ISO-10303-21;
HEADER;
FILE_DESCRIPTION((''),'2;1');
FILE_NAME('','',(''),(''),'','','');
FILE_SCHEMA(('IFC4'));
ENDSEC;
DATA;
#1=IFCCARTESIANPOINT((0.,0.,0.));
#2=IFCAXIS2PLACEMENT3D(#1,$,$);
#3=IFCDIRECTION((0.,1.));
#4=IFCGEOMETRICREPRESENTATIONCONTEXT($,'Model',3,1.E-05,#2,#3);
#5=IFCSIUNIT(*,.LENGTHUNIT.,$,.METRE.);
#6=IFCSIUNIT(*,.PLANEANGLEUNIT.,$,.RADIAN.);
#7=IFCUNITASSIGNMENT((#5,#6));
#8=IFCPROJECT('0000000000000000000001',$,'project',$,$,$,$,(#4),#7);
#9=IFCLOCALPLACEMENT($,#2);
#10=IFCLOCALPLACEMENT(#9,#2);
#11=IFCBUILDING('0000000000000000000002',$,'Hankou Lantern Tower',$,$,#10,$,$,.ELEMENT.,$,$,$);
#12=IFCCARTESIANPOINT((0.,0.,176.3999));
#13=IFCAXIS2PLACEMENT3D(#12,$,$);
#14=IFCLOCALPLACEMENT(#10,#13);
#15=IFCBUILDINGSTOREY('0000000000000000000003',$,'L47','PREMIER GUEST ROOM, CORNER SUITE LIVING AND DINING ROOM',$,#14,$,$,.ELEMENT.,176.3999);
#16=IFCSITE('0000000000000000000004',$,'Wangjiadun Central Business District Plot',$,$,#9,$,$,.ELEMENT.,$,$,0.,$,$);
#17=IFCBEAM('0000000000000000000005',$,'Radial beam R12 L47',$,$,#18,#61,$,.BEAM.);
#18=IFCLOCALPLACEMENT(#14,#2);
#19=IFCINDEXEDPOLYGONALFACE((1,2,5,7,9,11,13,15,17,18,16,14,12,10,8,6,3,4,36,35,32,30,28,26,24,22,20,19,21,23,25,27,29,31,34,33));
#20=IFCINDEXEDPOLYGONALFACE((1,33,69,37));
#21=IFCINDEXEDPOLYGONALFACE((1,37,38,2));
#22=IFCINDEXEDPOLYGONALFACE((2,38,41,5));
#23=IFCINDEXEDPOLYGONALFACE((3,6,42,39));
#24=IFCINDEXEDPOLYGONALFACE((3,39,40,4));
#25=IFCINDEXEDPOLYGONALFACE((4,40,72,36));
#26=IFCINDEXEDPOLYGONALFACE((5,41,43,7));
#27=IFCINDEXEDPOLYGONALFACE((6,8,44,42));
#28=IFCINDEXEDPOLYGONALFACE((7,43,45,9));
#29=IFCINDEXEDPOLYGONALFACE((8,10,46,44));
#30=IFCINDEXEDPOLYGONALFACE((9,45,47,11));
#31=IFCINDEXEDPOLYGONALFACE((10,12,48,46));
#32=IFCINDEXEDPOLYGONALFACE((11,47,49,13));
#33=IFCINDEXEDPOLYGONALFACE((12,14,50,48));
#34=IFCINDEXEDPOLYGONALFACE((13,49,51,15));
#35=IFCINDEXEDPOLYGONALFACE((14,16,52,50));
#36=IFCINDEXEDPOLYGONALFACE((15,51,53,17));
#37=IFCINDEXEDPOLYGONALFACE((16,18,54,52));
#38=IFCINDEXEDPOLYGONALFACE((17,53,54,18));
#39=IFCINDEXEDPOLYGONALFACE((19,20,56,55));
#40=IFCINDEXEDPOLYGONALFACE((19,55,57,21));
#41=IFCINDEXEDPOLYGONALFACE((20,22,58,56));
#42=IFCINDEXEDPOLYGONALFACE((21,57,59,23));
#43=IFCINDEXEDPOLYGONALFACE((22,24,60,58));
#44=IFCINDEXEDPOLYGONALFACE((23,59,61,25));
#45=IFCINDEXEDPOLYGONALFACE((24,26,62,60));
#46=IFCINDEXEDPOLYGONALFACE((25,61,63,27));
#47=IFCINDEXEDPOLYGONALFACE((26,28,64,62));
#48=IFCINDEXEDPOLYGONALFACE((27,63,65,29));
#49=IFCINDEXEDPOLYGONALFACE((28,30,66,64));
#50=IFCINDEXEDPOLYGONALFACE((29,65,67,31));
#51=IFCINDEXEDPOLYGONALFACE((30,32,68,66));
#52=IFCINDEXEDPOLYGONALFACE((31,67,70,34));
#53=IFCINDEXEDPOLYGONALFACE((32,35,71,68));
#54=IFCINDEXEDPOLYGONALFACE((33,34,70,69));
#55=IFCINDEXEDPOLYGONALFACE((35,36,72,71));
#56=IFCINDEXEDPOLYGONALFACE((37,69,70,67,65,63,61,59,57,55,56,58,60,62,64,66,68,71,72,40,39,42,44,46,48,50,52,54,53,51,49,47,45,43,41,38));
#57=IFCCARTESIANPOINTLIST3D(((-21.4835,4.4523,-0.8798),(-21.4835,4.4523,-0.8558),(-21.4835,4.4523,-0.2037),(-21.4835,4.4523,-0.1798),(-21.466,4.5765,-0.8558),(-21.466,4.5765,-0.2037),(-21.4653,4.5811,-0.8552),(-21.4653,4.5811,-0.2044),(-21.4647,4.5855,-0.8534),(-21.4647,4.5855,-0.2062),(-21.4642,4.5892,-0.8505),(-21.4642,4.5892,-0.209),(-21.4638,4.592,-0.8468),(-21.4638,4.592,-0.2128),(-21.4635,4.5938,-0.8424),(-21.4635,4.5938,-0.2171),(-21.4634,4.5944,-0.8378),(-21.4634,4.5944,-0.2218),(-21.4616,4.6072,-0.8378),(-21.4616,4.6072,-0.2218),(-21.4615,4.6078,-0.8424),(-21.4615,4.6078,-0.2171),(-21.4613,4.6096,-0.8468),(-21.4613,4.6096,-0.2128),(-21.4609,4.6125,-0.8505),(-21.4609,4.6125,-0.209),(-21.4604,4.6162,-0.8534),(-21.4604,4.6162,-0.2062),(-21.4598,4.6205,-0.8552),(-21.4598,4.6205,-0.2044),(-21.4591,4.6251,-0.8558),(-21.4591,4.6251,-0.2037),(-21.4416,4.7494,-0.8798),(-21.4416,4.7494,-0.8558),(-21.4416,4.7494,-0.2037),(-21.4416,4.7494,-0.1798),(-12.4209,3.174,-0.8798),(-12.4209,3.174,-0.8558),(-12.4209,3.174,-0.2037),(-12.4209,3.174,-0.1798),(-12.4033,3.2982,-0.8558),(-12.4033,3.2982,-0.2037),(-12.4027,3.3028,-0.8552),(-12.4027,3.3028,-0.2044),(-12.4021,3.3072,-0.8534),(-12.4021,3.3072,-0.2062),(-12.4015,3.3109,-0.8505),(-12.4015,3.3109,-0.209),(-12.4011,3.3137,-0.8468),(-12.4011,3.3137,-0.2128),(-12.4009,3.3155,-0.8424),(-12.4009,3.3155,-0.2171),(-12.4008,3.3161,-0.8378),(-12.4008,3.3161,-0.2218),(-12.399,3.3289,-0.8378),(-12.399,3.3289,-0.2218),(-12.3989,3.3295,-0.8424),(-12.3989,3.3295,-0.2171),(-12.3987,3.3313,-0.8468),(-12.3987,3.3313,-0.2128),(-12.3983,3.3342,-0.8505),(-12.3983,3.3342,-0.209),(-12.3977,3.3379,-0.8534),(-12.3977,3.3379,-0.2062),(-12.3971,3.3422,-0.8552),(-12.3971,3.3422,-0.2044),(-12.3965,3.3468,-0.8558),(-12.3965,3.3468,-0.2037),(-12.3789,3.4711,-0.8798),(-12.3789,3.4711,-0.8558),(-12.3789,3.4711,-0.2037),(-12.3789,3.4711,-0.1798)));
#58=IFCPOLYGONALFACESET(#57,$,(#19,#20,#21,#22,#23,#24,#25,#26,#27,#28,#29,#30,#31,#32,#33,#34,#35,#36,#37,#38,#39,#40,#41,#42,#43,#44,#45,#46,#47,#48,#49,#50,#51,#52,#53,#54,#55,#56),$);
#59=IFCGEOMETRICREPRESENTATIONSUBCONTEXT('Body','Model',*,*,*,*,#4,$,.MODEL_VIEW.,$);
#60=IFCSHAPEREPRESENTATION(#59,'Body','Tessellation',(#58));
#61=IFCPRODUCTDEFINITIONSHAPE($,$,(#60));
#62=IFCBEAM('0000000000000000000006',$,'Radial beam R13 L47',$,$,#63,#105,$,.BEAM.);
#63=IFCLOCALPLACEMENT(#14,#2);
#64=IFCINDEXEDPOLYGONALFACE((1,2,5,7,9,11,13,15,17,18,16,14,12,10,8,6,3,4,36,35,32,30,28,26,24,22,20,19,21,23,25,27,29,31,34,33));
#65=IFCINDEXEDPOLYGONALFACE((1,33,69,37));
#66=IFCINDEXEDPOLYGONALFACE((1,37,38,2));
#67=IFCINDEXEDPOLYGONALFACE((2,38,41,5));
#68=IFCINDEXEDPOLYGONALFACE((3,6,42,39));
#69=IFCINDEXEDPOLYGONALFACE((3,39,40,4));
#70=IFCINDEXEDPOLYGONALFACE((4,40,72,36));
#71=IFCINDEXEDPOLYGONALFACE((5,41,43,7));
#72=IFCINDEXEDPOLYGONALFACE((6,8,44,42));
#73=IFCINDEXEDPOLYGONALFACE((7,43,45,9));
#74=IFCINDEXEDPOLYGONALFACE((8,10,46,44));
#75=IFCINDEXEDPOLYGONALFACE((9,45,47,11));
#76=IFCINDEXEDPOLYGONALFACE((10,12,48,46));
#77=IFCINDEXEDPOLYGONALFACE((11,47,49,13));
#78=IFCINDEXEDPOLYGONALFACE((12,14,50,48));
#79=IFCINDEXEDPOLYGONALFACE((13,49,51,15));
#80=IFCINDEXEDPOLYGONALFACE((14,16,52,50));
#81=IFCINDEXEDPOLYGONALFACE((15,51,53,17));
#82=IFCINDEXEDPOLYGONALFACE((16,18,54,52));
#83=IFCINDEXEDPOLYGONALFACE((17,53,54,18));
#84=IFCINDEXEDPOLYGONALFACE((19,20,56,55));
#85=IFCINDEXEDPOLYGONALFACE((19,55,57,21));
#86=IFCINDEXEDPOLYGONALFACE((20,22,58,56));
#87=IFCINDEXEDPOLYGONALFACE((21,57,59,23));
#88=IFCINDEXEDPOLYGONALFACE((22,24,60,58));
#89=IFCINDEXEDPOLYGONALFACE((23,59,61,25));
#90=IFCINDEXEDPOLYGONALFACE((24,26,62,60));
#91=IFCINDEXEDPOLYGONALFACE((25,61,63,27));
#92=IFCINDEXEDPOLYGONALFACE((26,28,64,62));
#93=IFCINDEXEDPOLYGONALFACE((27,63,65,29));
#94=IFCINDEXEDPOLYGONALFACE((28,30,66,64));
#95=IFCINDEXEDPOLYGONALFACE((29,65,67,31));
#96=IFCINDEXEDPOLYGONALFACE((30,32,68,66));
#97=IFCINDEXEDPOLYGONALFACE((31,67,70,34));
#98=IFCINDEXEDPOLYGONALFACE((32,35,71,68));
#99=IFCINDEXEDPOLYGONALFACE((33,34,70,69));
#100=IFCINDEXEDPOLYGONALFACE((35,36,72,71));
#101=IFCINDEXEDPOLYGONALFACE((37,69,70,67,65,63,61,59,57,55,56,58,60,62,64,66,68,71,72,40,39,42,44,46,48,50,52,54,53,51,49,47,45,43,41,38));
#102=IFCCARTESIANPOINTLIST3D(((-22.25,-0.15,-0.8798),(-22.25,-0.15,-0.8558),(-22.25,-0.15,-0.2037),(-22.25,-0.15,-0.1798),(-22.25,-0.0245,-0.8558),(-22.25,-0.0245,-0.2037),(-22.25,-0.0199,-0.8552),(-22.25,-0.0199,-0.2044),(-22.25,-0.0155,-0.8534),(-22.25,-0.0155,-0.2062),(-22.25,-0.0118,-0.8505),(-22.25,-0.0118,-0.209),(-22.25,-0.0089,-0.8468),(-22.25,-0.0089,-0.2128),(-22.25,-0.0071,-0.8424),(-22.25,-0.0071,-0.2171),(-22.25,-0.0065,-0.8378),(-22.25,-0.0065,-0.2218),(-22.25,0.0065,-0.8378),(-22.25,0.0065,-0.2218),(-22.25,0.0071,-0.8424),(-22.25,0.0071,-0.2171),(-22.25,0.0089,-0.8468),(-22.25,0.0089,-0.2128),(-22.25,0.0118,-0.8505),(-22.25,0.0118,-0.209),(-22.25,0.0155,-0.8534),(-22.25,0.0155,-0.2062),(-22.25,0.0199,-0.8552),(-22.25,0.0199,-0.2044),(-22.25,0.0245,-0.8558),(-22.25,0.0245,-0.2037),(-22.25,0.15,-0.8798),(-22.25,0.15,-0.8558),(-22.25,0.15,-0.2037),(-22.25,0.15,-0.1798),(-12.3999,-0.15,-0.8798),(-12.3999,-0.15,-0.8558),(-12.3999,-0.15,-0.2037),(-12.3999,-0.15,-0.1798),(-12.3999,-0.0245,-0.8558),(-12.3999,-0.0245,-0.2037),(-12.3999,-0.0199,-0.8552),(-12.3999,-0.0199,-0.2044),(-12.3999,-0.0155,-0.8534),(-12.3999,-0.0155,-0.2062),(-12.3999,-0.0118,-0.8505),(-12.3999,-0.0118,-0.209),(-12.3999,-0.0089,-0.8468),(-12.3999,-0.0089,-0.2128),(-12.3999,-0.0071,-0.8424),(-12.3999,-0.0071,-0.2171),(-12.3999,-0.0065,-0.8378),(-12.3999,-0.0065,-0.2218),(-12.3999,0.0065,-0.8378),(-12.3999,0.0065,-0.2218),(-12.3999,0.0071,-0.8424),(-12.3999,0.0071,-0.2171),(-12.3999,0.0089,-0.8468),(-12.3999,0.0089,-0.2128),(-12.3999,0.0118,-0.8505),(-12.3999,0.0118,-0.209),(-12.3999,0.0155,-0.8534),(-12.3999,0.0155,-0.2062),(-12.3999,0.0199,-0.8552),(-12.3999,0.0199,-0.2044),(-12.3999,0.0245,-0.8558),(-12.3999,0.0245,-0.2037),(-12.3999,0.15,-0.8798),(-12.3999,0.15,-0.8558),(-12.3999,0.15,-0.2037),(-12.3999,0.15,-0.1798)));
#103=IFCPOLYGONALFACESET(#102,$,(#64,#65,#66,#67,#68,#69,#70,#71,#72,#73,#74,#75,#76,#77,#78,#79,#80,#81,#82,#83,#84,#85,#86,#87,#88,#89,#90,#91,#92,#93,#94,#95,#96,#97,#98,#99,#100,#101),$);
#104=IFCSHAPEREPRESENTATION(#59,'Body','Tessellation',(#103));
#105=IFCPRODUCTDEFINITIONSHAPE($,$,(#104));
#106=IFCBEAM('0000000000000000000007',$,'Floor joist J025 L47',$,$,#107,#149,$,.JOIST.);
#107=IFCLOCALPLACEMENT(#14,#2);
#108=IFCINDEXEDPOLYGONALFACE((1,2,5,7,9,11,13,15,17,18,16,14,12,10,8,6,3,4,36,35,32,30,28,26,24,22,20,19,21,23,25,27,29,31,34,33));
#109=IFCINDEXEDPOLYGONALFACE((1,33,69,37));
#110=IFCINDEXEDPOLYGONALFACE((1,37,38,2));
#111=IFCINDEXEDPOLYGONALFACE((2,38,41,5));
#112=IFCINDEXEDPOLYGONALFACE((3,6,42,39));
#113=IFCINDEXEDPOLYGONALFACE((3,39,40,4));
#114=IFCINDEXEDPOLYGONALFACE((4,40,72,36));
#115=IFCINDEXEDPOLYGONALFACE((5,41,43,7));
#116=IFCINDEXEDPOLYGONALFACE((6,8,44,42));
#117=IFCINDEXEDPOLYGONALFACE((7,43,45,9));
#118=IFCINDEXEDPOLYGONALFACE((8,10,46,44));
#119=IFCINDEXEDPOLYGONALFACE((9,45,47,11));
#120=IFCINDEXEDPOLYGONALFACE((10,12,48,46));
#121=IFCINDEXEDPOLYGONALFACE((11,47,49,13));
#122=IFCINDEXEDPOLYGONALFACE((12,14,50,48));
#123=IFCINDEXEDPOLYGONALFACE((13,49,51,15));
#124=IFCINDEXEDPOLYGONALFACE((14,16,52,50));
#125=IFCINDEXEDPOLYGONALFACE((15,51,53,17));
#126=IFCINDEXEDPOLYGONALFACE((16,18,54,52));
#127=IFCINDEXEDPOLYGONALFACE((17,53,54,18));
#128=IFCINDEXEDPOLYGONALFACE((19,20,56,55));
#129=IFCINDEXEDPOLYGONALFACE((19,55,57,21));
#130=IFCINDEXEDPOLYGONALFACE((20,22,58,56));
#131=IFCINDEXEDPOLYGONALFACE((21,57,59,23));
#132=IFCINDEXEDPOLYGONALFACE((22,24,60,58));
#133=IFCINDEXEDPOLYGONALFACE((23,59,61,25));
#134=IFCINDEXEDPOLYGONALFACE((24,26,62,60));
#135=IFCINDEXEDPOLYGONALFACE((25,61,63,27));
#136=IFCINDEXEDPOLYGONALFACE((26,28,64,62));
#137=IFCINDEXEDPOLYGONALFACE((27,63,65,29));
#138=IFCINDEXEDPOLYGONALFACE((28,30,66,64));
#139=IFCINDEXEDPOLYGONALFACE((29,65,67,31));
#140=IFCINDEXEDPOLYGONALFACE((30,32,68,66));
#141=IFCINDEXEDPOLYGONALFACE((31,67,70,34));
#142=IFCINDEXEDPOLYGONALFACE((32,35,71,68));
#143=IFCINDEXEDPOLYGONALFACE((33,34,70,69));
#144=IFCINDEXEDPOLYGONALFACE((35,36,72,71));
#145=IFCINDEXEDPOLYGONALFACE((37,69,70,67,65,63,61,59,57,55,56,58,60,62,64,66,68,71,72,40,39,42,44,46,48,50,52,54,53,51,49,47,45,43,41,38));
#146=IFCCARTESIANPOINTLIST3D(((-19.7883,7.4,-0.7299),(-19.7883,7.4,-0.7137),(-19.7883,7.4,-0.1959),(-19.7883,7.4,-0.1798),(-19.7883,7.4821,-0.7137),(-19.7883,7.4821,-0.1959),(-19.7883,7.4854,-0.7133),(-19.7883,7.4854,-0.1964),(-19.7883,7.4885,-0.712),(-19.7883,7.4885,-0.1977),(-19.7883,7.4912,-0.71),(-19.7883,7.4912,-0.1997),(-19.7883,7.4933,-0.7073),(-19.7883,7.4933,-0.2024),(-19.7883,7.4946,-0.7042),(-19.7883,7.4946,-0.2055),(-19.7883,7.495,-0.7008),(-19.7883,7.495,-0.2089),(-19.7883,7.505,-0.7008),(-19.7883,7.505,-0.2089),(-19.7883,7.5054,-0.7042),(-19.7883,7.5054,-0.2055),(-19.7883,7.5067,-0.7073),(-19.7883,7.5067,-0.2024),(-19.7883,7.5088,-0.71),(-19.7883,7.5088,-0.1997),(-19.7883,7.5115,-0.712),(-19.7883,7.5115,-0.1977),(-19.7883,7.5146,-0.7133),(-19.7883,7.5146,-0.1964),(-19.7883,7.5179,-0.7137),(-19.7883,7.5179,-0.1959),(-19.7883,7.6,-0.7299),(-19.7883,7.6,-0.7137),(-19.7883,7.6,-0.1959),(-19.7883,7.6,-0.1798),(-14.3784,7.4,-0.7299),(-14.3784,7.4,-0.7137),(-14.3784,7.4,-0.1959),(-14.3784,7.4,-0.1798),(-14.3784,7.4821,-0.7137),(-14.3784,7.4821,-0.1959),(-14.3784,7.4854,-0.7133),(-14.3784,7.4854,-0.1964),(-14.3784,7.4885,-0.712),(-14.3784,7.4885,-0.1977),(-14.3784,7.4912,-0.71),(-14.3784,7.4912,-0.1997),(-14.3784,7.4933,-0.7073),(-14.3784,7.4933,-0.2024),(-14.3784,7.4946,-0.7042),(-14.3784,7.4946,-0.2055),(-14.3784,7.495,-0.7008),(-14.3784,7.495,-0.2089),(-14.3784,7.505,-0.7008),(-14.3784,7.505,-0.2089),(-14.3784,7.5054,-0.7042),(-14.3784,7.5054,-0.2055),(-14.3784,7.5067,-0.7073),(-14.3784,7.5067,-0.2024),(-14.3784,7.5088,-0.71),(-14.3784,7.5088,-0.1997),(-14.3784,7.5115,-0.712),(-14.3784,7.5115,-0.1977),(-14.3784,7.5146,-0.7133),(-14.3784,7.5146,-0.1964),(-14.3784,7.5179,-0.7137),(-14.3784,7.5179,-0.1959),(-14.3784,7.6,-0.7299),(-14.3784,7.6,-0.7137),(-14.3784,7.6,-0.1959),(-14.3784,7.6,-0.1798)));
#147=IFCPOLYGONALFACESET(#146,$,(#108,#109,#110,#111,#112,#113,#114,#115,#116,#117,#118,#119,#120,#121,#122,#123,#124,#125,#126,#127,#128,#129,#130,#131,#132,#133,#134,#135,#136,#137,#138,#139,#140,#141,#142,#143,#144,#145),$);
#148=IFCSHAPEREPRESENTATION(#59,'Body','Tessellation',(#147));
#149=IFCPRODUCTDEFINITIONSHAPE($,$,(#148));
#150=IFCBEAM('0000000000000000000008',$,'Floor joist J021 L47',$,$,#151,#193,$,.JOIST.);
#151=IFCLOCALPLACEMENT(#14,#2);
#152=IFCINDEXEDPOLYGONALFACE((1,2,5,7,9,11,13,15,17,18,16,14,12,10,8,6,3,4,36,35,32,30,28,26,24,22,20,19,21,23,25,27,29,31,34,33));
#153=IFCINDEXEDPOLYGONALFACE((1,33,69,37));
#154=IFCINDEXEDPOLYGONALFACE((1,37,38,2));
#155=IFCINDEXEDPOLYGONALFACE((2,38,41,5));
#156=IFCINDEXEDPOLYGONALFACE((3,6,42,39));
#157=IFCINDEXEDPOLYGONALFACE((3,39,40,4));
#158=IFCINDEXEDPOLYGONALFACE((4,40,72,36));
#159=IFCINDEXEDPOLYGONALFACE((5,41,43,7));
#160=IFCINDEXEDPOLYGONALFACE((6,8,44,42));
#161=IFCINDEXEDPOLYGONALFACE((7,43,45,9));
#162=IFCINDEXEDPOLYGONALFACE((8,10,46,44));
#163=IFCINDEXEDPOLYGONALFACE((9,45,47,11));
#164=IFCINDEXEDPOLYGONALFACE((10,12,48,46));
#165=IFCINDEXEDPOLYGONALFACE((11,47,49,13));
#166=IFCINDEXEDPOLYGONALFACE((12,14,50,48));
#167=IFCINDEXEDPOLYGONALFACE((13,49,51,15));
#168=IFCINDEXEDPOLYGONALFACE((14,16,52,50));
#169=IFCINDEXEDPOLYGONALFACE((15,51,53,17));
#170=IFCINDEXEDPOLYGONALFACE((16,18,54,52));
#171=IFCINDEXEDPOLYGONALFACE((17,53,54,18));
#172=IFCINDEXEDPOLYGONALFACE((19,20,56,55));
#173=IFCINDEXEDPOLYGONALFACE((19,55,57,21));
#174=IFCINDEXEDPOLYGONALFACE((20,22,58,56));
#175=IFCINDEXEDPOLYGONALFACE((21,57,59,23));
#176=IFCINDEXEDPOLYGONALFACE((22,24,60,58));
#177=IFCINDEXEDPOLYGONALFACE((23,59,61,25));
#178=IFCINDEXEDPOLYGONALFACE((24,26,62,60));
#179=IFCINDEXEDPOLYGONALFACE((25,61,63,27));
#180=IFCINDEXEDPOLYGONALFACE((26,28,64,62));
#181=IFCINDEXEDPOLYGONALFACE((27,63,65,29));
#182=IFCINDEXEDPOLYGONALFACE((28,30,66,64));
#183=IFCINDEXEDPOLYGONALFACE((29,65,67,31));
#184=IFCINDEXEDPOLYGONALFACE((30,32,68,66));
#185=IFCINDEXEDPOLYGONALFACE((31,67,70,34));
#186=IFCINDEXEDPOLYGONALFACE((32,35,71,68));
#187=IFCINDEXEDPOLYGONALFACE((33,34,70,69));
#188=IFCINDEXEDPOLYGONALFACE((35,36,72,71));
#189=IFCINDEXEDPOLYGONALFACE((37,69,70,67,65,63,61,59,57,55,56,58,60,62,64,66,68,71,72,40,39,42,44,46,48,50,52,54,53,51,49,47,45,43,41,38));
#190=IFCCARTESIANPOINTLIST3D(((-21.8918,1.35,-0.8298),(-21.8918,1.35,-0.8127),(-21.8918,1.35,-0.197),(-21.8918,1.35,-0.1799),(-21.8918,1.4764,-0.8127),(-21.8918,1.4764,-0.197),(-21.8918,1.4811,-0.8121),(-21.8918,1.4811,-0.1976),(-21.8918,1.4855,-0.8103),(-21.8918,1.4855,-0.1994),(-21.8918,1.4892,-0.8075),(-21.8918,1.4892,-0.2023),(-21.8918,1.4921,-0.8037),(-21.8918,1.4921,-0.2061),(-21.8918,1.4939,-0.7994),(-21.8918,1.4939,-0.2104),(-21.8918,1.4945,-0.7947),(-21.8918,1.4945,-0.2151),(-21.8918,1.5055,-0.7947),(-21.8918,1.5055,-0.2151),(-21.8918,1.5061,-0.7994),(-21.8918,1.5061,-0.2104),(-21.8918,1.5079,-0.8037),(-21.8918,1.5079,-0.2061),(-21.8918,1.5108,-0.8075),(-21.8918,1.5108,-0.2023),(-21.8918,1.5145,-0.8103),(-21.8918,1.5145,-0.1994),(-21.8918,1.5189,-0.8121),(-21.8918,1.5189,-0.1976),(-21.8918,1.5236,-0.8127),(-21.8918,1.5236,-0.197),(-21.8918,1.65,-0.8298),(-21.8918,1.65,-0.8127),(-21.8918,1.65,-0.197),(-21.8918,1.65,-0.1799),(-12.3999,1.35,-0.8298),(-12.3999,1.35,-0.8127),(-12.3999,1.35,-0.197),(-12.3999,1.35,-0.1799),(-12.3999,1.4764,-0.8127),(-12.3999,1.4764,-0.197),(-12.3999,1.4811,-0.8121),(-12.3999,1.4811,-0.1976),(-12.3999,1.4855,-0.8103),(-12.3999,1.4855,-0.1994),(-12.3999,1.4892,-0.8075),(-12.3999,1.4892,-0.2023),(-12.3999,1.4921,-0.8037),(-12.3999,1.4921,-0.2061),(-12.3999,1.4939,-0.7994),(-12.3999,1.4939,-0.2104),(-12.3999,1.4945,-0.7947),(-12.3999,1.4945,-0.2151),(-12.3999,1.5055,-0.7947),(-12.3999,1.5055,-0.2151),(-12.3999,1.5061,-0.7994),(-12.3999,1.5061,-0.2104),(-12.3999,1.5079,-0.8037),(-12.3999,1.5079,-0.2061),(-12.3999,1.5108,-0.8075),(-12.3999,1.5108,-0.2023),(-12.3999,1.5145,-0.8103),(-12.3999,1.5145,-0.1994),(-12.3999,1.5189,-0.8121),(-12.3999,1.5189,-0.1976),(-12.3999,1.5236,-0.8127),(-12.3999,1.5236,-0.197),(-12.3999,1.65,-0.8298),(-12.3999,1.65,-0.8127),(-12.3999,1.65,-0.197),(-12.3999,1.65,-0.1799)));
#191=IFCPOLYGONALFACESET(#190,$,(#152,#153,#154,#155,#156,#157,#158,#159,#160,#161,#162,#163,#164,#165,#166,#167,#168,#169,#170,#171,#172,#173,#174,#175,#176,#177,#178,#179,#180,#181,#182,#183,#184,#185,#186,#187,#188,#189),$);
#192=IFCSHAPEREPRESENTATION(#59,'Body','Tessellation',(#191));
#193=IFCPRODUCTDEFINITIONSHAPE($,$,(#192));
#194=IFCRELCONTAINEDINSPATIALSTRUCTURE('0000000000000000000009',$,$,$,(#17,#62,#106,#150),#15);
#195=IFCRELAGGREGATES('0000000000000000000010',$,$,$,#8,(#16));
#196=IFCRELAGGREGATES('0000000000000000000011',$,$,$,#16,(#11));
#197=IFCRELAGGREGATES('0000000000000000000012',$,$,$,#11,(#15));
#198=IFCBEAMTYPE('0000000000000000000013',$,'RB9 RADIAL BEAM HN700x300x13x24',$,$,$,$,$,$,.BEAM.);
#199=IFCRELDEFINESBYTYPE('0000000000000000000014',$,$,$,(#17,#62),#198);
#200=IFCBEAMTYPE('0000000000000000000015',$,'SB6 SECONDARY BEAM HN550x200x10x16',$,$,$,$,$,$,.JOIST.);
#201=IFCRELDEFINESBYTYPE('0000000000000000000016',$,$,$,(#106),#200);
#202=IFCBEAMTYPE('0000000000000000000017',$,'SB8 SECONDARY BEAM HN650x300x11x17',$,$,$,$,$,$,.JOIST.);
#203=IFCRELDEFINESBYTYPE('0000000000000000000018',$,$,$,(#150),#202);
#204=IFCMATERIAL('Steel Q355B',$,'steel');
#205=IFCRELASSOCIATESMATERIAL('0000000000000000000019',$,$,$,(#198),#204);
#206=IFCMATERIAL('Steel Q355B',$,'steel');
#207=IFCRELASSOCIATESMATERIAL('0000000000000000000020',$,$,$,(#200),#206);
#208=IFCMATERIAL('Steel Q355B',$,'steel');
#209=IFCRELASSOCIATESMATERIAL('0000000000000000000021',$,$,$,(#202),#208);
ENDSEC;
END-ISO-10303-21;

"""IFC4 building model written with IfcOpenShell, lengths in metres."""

from ifc_helpers import new_model, si_unit, direction, frame, origin, origin_2d, place, context, subcontext, project, spatial, i_section, extrude, material, material_profile, profile_set, type_object, element, save


model = new_model("IFC4")

# Units and contexts
model_context = context("Model", 3, precision=1e-05, world=origin(), true_north=direction((0.0, 1.0)))
body_context = subcontext(model_context, "Body", "Model", "MODEL_VIEW")
ifc_project = project(units=[si_unit("LENGTHUNIT", "METRE"), si_unit("PLANEANGLEUNIT", "RADIAN")], contexts=[model_context])

# Site, building, storey
site_placement = place(None, origin())
site = spatial("IfcSite", under=ifc_project, at=site_placement, Name="Wangjiadun Central Business District Plot", CompositionType="ELEMENT", RefElevation=0.0)
building_placement = place(site_placement, origin())
building = spatial("IfcBuilding", under=site, at=building_placement, Name="Hankou Lantern Tower", CompositionType="ELEMENT")
storey_placement = place(building_placement, frame((0.0, 0.0, 176.3999)))
storey = spatial("IfcBuildingStorey", under=building, at=storey_placement, Name="L47", Description="PREMIER GUEST ROOM, CORNER SUITE LIVING AND DINING ROOM", CompositionType="ELEMENT", Elevation=176.3999)

# Beams
ifc_material_1 = material(Name="Steel Q355B", Category="steel")
ifc_material_profile_1 = material_profile(ifc_material_1, i_section(OverallWidth=0.3, OverallDepth=0.7, WebThickness=0.0129, FlangeThickness=0.0239, FilletRadius=0.0181, at=origin_2d()), Name="HN700x300x13x24")
ifc_profile_set_1 = profile_set([ifc_material_profile_1], Name="Steel Q355B")
beam_type_1 = type_object("IfcBeamType", Name="RB9 RADIAL BEAM HN700x300x13x24", PredefinedType="BEAM", material=ifc_profile_set_1)
beam_1_placement = place(storey_placement, frame((-12.3999, 3.3225, -0.5298), z_axis=(-0.990198, 0.13967, 0.0), x_axis=(-0.13967, -0.990198, 0.0)))
element("IfcBeam", 1, at=beam_1_placement, inside=storey, type_object=beam_type_1, Name="Radial beam R12 L47", PredefinedType="BEAM", context=body_context, shape_type="SweptSolid", body=[
    extrude(i_section(OverallWidth=0.3, OverallDepth=0.7, WebThickness=0.0129, FlangeThickness=0.0239, FilletRadius=0.0181, at=origin_2d()), origin(), (0.0, 0.0, 1.0), 9.1523),
])
beam_2_placement = place(storey_placement, frame((-12.3999, 0.0, -0.5298), z_axis=(-1.0, 0.0, 0.0), x_axis=(0.0, -1.0, 0.0)))
element("IfcBeam", 2, at=beam_2_placement, inside=storey, type_object=beam_type_1, Name="Radial beam R13 L47", PredefinedType="BEAM", context=body_context, shape_type="SweptSolid", body=[
    extrude(i_section(OverallWidth=0.3, OverallDepth=0.7, WebThickness=0.0129, FlangeThickness=0.0239, FilletRadius=0.0181, at=origin_2d()), origin(), (0.0, 0.0, 1.0), 9.8501),
])
ifc_material_2 = material(Name="Steel Q355B", Category="steel")
ifc_material_profile_2 = material_profile(ifc_material_2, i_section(OverallWidth=0.2, OverallDepth=0.55, WebThickness=0.01, FlangeThickness=0.0161, FilletRadius=0.0129, at=origin_2d()), Name="HN550x200x10x16")
ifc_profile_set_2 = profile_set([ifc_material_profile_2], Name="Steel Q355B")
beam_type_2 = type_object("IfcBeamType", Name="SB6 SECONDARY BEAM HN550x200x10x16", PredefinedType="JOIST", material=ifc_profile_set_2)
beam_3_placement = place(storey_placement, frame((-19.7883, 7.5, -0.4548), z_axis=(1.0, 0.0, 0.0), x_axis=(0.0, 1.0, 0.0)))
element("IfcBeam", 3, at=beam_3_placement, inside=storey, type_object=beam_type_2, Name="Floor joist J025 L47", PredefinedType="JOIST", context=body_context, shape_type="SweptSolid", body=[
    extrude(i_section(OverallWidth=0.2, OverallDepth=0.55, WebThickness=0.01, FlangeThickness=0.0161, FilletRadius=0.0129, at=origin_2d()), origin(), (0.0, 0.0, 1.0), 5.4099),
])
ifc_material_3 = material(Name="Steel Q355B", Category="steel")
ifc_material_profile_3 = material_profile(ifc_material_3, i_section(OverallWidth=0.3, OverallDepth=0.6499, WebThickness=0.011, FlangeThickness=0.0171, FilletRadius=0.0181, at=origin_2d()), Name="HN650x300x11x17")
ifc_profile_set_3 = profile_set([ifc_material_profile_3], Name="Steel Q355B")
beam_type_3 = type_object("IfcBeamType", Name="SB8 SECONDARY BEAM HN650x300x11x17", PredefinedType="JOIST", material=ifc_profile_set_3)
beam_4_placement = place(storey_placement, frame((-21.8918, 1.5, -0.5049), z_axis=(1.0, 0.0, 0.0), x_axis=(0.0, 1.0, 0.0)))
element("IfcBeam", 4, at=beam_4_placement, inside=storey, type_object=beam_type_3, Name="Floor joist J021 L47", PredefinedType="JOIST", context=body_context, shape_type="SweptSolid", body=[
    extrude(i_section(OverallWidth=0.3, OverallDepth=0.6499, WebThickness=0.011, FlangeThickness=0.0171, FilletRadius=0.0181, at=origin_2d()), origin(), (0.0, 0.0, 1.0), 9.4919),
])

save(model, "model.ifc")
